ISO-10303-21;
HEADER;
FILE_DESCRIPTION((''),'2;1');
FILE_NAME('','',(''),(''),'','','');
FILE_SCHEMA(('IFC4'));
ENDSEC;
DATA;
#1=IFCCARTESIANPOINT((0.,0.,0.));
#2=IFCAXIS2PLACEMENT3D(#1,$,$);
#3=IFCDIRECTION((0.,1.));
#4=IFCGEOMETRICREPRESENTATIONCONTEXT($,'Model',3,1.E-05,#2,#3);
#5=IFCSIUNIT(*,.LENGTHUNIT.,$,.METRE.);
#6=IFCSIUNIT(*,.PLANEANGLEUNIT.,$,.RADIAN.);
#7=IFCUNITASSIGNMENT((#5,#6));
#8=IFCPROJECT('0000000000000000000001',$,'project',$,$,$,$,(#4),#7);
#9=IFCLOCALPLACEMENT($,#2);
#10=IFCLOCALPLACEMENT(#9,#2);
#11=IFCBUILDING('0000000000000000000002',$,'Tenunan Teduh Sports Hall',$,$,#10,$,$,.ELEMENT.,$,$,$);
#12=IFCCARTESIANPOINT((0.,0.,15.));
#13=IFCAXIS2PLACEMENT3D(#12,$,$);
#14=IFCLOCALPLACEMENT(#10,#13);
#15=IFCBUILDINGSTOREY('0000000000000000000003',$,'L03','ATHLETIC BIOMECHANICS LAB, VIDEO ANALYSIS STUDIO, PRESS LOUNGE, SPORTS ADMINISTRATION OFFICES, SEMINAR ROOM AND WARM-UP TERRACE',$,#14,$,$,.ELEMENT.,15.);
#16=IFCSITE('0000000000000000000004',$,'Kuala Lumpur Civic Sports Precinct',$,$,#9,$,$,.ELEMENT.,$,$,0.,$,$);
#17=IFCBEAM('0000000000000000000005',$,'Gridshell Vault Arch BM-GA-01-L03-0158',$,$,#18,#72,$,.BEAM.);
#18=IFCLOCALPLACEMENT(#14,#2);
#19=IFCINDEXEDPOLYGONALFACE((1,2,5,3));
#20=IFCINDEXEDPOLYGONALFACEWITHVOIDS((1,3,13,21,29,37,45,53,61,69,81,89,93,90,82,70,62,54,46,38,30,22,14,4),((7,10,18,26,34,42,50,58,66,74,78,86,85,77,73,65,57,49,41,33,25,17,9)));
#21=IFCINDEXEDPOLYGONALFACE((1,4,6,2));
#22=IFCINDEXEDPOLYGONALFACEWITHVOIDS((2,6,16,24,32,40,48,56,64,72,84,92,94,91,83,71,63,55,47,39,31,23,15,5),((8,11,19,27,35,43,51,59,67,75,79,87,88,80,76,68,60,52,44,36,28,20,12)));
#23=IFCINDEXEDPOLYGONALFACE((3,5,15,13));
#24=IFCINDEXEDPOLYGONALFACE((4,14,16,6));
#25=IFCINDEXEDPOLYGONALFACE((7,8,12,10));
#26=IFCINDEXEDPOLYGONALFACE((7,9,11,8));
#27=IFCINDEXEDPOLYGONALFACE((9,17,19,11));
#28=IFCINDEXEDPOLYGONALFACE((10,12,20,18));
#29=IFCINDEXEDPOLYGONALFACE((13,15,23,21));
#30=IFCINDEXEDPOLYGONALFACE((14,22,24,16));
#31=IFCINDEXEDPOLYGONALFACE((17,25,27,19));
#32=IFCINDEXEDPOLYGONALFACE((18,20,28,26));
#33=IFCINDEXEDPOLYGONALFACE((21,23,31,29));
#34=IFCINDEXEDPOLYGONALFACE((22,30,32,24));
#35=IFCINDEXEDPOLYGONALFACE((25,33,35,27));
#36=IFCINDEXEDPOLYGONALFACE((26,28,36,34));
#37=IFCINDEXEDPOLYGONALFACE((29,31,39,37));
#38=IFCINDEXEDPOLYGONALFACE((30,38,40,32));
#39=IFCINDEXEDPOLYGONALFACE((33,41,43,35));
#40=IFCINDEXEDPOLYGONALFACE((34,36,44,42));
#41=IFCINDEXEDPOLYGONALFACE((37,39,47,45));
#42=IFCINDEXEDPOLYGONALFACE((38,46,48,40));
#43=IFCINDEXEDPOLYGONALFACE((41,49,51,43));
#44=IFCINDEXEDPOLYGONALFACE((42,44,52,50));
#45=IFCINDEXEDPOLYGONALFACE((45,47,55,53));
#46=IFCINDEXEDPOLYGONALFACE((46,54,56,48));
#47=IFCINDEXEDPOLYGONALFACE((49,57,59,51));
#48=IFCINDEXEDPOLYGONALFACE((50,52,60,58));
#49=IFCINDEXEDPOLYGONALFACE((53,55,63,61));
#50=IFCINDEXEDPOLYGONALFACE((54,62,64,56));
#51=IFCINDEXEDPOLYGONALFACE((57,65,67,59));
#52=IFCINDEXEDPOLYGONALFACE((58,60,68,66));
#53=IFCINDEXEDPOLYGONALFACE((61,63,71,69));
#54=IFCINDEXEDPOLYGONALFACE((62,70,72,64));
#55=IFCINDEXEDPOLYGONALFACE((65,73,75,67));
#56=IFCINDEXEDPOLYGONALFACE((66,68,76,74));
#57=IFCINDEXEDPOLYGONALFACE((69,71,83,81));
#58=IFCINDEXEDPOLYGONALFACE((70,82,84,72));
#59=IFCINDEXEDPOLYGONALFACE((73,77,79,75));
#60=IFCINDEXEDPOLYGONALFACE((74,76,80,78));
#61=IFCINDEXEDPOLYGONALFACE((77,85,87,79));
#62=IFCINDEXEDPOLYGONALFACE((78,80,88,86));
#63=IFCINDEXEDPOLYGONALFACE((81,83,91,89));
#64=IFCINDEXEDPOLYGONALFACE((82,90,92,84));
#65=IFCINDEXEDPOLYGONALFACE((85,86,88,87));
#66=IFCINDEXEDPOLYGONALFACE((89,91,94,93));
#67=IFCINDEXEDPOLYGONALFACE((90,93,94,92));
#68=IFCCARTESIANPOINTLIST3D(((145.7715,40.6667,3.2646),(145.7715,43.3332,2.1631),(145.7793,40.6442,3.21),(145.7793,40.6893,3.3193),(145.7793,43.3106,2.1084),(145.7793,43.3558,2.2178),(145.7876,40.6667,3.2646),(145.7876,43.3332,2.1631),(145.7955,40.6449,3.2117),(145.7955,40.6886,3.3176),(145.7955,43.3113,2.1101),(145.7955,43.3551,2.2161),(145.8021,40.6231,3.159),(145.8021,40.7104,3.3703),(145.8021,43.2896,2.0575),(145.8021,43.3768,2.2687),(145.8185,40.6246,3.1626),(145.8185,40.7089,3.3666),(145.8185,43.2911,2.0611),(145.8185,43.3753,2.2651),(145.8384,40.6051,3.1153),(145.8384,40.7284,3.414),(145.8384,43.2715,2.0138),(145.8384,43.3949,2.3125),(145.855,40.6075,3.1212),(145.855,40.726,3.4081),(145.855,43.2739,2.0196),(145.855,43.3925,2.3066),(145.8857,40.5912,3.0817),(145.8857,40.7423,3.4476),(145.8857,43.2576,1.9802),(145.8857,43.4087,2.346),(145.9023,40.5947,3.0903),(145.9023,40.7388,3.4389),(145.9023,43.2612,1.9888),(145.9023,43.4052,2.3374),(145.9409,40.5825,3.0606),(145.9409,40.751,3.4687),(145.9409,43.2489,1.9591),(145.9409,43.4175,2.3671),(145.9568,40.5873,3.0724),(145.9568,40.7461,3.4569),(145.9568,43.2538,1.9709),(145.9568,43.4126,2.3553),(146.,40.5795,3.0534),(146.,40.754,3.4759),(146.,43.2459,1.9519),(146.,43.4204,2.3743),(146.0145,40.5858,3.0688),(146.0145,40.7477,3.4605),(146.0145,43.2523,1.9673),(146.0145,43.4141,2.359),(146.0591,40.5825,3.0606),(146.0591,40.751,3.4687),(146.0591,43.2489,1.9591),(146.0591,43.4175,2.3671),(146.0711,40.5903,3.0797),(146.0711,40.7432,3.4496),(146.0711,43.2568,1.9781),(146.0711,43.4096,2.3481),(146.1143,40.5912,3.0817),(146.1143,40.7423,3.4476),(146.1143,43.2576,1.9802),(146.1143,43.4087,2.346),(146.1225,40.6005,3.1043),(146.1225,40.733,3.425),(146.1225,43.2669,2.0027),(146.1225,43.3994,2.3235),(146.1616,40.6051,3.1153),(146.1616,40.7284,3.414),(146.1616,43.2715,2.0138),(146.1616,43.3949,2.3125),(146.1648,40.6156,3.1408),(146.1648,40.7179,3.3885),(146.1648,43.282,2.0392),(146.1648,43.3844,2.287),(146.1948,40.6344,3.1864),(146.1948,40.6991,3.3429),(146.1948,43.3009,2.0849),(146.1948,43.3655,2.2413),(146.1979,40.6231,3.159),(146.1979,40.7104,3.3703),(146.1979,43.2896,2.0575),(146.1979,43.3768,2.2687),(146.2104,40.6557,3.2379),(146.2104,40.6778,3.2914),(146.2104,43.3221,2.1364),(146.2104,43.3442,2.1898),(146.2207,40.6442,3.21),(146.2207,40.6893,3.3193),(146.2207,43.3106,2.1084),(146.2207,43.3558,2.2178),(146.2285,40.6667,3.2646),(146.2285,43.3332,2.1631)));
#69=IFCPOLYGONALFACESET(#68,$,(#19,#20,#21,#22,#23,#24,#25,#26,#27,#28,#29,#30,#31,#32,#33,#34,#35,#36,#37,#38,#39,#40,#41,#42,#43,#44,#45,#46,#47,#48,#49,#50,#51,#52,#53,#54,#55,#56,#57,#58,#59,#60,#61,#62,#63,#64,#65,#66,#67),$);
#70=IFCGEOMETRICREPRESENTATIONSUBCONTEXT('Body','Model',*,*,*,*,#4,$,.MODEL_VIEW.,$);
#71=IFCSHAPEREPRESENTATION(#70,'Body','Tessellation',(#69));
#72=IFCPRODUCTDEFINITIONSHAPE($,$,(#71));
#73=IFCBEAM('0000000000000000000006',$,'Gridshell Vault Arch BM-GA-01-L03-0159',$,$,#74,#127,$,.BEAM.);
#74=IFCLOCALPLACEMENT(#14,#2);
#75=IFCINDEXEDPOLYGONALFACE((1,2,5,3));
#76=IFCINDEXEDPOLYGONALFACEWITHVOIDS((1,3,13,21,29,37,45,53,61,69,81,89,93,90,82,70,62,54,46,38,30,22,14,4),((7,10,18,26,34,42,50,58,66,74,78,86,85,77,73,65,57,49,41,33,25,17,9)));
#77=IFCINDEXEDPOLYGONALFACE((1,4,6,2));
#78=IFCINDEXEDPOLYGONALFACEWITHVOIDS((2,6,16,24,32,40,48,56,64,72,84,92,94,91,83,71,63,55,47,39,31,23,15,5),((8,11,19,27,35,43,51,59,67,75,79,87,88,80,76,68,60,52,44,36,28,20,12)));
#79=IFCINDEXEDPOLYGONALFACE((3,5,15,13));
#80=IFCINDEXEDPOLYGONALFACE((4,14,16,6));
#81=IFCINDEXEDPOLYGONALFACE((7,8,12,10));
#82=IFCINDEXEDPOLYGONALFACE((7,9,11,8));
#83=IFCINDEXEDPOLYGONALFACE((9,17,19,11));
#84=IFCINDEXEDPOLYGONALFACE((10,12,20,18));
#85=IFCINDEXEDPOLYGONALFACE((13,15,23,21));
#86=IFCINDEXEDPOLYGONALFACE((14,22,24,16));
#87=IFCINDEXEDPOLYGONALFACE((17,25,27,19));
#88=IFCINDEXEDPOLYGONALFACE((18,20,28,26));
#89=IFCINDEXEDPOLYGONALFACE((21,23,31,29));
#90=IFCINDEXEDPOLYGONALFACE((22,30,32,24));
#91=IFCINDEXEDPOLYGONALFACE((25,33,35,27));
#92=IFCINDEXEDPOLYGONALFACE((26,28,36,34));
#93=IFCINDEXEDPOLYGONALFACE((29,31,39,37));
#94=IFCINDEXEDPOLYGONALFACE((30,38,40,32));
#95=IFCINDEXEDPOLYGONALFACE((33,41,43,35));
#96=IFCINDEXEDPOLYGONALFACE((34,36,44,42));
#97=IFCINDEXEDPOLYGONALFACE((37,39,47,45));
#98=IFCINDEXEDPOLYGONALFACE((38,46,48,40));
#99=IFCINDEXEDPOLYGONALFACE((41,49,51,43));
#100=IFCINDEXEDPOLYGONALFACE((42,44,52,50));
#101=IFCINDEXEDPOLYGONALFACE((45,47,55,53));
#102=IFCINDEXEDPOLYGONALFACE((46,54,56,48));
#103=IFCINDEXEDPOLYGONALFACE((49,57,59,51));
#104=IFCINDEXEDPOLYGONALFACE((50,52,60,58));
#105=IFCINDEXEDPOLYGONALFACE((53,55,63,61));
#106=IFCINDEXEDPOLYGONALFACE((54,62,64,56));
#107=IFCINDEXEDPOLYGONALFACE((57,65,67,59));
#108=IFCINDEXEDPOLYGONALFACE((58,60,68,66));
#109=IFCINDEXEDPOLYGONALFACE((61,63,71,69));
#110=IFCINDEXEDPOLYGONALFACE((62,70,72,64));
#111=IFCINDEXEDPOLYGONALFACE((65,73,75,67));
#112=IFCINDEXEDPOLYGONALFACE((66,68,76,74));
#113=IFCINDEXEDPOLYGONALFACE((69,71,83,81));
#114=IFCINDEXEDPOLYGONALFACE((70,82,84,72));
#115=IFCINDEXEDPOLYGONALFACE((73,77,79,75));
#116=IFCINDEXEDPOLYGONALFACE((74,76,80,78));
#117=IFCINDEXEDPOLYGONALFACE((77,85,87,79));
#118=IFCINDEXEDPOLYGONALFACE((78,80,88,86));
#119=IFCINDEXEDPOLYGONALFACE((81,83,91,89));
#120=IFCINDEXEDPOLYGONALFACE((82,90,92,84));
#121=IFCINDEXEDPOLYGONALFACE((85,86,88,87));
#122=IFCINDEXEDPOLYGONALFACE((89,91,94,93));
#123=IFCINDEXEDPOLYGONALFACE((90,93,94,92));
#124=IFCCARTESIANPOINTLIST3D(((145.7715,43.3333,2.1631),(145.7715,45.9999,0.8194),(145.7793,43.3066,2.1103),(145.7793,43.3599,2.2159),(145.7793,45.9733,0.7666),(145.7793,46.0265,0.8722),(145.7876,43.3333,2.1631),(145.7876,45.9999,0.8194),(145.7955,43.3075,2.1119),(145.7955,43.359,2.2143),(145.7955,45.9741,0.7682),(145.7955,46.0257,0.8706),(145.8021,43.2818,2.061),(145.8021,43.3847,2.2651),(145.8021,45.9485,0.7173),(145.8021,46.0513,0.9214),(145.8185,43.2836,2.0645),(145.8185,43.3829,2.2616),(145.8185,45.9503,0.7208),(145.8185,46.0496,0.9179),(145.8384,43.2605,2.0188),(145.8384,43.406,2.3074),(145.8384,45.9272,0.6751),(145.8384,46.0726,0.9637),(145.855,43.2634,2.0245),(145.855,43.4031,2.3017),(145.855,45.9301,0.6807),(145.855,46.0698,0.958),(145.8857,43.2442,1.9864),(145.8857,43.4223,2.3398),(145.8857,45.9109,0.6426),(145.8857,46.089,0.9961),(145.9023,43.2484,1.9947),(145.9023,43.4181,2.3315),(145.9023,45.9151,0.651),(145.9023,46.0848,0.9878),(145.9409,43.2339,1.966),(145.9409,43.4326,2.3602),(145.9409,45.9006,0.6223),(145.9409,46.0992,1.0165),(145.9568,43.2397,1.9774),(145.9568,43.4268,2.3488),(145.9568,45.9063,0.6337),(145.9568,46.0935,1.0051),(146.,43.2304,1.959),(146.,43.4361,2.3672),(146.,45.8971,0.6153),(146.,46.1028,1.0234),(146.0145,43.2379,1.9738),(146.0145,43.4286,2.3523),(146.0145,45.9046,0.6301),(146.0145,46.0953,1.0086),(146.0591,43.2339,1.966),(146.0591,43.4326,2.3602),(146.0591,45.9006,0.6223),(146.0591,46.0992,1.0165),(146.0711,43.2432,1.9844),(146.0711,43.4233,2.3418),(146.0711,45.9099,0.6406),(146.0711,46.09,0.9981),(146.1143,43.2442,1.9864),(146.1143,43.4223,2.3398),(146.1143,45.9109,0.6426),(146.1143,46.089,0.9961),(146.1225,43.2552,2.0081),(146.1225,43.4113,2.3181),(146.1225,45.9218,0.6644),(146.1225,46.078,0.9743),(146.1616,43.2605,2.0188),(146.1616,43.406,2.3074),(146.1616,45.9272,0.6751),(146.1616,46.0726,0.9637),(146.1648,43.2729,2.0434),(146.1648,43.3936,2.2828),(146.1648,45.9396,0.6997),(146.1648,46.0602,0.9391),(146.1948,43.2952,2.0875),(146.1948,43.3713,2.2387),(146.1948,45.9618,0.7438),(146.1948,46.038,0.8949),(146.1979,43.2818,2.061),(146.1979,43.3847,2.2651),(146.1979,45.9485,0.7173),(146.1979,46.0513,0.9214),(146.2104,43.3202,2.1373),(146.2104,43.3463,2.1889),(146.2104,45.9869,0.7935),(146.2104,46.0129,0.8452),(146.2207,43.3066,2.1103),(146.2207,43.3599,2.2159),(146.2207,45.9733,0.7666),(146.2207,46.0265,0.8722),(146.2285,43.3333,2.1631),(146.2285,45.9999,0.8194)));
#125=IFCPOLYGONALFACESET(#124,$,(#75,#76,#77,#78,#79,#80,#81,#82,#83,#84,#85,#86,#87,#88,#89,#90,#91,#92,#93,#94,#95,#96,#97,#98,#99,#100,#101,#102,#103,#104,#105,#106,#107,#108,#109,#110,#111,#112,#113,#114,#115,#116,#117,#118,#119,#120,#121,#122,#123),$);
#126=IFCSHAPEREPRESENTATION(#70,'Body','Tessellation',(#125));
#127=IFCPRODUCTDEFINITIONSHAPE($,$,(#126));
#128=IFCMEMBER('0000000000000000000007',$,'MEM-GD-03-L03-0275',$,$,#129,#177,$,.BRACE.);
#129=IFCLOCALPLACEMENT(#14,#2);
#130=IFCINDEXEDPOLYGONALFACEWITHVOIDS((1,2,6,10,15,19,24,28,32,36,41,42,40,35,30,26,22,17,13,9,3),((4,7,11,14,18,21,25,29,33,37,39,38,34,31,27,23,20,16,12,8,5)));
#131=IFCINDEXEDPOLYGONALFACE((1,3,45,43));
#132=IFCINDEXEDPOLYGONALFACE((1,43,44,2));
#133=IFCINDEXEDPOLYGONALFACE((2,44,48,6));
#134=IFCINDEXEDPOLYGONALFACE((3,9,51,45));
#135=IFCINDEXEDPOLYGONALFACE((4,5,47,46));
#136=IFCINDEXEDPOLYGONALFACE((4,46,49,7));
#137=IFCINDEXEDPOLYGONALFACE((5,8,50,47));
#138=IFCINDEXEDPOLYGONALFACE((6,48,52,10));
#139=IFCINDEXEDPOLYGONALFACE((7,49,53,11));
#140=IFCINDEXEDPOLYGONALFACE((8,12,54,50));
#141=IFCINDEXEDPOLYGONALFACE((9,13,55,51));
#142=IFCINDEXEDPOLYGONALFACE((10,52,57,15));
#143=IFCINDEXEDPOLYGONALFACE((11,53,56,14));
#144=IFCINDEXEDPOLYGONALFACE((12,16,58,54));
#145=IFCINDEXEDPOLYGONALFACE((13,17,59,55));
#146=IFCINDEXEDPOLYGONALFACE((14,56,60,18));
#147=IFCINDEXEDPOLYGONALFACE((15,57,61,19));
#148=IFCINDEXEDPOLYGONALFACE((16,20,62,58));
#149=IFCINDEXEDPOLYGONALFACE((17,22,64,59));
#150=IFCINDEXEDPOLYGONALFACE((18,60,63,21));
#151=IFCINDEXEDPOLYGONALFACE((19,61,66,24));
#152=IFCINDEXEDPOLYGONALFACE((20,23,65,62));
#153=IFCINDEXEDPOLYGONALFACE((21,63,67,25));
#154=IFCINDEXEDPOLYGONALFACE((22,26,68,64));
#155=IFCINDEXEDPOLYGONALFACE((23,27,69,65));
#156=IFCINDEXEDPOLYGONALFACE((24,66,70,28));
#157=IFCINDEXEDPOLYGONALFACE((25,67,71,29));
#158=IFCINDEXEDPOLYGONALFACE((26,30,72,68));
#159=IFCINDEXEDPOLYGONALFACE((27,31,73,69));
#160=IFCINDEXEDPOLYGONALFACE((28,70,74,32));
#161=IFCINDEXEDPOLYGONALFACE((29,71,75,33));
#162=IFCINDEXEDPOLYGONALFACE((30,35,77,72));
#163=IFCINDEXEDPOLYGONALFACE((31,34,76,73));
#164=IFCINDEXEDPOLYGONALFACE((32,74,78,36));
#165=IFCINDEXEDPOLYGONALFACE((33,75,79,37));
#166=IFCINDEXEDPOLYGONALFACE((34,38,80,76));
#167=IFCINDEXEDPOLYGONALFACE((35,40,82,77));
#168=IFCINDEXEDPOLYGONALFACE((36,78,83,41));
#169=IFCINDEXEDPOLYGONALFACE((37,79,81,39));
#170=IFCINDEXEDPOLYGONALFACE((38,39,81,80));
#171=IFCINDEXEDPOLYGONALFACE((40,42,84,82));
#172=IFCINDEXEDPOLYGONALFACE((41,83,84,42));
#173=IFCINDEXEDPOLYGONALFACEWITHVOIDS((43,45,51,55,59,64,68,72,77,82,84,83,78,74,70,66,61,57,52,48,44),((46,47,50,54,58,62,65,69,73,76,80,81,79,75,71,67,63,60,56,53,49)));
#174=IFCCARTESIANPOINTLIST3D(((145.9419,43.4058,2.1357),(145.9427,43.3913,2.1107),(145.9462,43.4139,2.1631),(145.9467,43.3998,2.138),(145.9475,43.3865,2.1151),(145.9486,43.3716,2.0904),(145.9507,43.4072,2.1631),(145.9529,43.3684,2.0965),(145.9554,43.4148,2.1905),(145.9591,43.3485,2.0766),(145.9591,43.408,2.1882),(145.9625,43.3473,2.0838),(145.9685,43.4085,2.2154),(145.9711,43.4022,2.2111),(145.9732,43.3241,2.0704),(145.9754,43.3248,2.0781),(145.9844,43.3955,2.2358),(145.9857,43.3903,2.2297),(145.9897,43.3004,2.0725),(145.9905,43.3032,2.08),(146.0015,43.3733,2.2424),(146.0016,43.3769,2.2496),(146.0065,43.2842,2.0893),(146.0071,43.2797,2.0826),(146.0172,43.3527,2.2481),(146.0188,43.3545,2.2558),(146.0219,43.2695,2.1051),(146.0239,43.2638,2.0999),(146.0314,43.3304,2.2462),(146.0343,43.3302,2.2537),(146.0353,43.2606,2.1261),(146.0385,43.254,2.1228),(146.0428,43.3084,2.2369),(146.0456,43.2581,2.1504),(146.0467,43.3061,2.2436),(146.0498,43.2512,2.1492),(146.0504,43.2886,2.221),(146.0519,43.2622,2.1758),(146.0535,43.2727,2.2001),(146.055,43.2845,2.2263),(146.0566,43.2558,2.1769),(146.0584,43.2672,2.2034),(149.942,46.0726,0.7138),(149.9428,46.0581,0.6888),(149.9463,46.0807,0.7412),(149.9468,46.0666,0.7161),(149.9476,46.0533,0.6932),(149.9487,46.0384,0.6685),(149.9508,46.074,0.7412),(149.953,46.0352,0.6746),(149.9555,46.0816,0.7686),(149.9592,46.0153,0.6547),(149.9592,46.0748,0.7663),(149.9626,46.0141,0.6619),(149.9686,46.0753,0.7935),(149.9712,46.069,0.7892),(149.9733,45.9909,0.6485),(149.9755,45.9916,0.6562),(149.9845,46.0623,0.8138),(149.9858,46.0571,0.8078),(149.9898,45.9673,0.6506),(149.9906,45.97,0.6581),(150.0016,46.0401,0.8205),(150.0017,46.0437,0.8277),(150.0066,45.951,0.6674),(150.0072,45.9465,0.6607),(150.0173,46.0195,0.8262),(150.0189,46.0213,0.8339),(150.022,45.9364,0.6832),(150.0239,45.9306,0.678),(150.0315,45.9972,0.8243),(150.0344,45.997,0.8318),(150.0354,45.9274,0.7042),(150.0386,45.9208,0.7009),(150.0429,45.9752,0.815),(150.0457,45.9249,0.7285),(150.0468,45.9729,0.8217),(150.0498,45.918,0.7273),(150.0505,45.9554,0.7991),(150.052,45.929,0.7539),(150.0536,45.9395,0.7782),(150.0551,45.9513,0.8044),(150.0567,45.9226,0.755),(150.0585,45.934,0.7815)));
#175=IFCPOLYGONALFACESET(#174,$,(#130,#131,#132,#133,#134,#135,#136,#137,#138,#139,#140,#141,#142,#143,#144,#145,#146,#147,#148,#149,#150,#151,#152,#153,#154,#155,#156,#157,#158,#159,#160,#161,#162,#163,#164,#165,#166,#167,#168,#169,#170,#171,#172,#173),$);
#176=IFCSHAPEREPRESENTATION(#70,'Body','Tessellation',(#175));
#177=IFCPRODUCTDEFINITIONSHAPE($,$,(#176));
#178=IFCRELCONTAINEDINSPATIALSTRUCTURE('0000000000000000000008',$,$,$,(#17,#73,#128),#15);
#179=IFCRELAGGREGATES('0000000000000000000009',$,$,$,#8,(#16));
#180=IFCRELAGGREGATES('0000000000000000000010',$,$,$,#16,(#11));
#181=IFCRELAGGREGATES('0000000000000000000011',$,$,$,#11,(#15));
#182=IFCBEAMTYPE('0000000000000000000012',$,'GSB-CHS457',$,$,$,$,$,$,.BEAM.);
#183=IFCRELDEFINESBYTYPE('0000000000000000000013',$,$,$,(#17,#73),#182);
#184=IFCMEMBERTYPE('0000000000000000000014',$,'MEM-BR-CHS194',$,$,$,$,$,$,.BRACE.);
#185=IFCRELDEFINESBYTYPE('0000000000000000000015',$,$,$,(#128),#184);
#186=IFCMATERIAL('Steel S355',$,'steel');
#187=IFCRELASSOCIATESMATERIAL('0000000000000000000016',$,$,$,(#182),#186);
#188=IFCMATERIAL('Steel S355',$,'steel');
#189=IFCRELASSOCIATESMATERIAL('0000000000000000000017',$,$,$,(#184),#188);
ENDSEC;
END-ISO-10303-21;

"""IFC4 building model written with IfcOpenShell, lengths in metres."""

from ifc_helpers import new_model, si_unit, direction, frame, origin, origin_2d, place, context, subcontext, project, spatial, hollow_circle, extrude, material, material_profile, profile_set, type_object, element, save


model = new_model("IFC4")

# Units and contexts
model_context = context("Model", 3, precision=1e-05, world=origin(), true_north=direction((0.0, 1.0)))
body_context = subcontext(model_context, "Body", "Model", "MODEL_VIEW")
ifc_project = project(units=[si_unit("LENGTHUNIT", "METRE"), si_unit("PLANEANGLEUNIT", "RADIAN")], contexts=[model_context])

# Site, building, storey
site_placement = place(None, origin())
site = spatial("IfcSite", under=ifc_project, at=site_placement, Name="Kuala Lumpur Civic Sports Precinct", CompositionType="ELEMENT", RefElevation=0.0)
building_placement = place(site_placement, origin())
building = spatial("IfcBuilding", under=site, at=building_placement, Name="Tenunan Teduh Sports Hall", CompositionType="ELEMENT")
storey_placement = place(building_placement, frame((0.0, 0.0, 15.0)))
storey = spatial("IfcBuildingStorey", under=building, at=storey_placement, Name="L03", Description="ATHLETIC BIOMECHANICS LAB, VIDEO ANALYSIS STUDIO, PRESS LOUNGE, SPORTS ADMINISTRATION OFFICES, SEMINAR ROOM AND WARM-UP TERRACE", CompositionType="ELEMENT", Elevation=15.0)

# Beams
ifc_material_1 = material(Name="Steel S355", Category="steel")
ifc_material_profile_1 = material_profile(ifc_material_1, hollow_circle(Radius=0.2285, WallThickness=0.0161, at=origin_2d()), Name="CHS 457.0x16.0")
ifc_profile_set_1 = profile_set([ifc_material_profile_1], Name="Steel S355")
beam_type_1 = type_object("IfcBeamType", Name="GSB-CHS457", PredefinedType="BEAM", material=ifc_profile_set_1)
beam_1_placement = place(storey_placement, frame((146.0, 40.6667, 3.2646), z_axis=(0.0, 0.924239, -0.381814), x_axis=(-1.0, 0.0, 0.0)))
element("IfcBeam", 1, at=beam_1_placement, inside=storey, type_object=beam_type_1, Name="Gridshell Vault Arch BM-GA-01-L03-0158", PredefinedType="BEAM", context=body_context, shape_type="SweptSolid", body=[
    extrude(hollow_circle(Radius=0.2285, WallThickness=0.0161, at=origin_2d()), origin(), (0.0, 0.0, 1.0), 2.885),
])
beam_2_placement = place(storey_placement, frame((146.0, 43.3333, 2.1631), z_axis=(0.0, 0.893033, -0.449991), x_axis=(-1.0, 0.0, 0.0)))
element("IfcBeam", 2, at=beam_2_placement, inside=storey, type_object=beam_type_1, Name="Gridshell Vault Arch BM-GA-01-L03-0159", PredefinedType="BEAM", context=body_context, shape_type="SweptSolid", body=[
    extrude(hollow_circle(Radius=0.2285, WallThickness=0.0161, at=origin_2d()), origin(), (0.0, 0.0, 1.0), 2.9861),
])

# Member
ifc_material_2 = material(Name="Steel S355", Category="steel")
ifc_material_profile_2 = material_profile(ifc_material_2, hollow_circle(Radius=0.0969, WallThickness=0.0081, at=origin_2d()), Name="CHS 193.7x8.0")
ifc_profile_set_2 = profile_set([ifc_material_profile_2], Name="Steel S355")
member_type_1 = type_object("IfcMemberType", Name="MEM-BR-CHS194", PredefinedType="BRACE", material=ifc_profile_set_2)
member_1_placement = place(storey_placement, frame((146.0, 43.3333, 2.1631), z_axis=(0.797876, 0.531934, -0.28362), x_axis=(-0.554712, 0.832042, 0.0)))
element("IfcMember", 3, at=member_1_placement, inside=storey, type_object=member_type_1, Name="MEM-GD-03-L03-0275", PredefinedType="BRACE", context=body_context, shape_type="SweptSolid", body=[
    extrude(hollow_circle(Radius=0.0969, WallThickness=0.0081, at=origin_2d()), origin(), (0.0, 0.0, 1.0), 5.0134),
])

save(model, "model.ifc")
